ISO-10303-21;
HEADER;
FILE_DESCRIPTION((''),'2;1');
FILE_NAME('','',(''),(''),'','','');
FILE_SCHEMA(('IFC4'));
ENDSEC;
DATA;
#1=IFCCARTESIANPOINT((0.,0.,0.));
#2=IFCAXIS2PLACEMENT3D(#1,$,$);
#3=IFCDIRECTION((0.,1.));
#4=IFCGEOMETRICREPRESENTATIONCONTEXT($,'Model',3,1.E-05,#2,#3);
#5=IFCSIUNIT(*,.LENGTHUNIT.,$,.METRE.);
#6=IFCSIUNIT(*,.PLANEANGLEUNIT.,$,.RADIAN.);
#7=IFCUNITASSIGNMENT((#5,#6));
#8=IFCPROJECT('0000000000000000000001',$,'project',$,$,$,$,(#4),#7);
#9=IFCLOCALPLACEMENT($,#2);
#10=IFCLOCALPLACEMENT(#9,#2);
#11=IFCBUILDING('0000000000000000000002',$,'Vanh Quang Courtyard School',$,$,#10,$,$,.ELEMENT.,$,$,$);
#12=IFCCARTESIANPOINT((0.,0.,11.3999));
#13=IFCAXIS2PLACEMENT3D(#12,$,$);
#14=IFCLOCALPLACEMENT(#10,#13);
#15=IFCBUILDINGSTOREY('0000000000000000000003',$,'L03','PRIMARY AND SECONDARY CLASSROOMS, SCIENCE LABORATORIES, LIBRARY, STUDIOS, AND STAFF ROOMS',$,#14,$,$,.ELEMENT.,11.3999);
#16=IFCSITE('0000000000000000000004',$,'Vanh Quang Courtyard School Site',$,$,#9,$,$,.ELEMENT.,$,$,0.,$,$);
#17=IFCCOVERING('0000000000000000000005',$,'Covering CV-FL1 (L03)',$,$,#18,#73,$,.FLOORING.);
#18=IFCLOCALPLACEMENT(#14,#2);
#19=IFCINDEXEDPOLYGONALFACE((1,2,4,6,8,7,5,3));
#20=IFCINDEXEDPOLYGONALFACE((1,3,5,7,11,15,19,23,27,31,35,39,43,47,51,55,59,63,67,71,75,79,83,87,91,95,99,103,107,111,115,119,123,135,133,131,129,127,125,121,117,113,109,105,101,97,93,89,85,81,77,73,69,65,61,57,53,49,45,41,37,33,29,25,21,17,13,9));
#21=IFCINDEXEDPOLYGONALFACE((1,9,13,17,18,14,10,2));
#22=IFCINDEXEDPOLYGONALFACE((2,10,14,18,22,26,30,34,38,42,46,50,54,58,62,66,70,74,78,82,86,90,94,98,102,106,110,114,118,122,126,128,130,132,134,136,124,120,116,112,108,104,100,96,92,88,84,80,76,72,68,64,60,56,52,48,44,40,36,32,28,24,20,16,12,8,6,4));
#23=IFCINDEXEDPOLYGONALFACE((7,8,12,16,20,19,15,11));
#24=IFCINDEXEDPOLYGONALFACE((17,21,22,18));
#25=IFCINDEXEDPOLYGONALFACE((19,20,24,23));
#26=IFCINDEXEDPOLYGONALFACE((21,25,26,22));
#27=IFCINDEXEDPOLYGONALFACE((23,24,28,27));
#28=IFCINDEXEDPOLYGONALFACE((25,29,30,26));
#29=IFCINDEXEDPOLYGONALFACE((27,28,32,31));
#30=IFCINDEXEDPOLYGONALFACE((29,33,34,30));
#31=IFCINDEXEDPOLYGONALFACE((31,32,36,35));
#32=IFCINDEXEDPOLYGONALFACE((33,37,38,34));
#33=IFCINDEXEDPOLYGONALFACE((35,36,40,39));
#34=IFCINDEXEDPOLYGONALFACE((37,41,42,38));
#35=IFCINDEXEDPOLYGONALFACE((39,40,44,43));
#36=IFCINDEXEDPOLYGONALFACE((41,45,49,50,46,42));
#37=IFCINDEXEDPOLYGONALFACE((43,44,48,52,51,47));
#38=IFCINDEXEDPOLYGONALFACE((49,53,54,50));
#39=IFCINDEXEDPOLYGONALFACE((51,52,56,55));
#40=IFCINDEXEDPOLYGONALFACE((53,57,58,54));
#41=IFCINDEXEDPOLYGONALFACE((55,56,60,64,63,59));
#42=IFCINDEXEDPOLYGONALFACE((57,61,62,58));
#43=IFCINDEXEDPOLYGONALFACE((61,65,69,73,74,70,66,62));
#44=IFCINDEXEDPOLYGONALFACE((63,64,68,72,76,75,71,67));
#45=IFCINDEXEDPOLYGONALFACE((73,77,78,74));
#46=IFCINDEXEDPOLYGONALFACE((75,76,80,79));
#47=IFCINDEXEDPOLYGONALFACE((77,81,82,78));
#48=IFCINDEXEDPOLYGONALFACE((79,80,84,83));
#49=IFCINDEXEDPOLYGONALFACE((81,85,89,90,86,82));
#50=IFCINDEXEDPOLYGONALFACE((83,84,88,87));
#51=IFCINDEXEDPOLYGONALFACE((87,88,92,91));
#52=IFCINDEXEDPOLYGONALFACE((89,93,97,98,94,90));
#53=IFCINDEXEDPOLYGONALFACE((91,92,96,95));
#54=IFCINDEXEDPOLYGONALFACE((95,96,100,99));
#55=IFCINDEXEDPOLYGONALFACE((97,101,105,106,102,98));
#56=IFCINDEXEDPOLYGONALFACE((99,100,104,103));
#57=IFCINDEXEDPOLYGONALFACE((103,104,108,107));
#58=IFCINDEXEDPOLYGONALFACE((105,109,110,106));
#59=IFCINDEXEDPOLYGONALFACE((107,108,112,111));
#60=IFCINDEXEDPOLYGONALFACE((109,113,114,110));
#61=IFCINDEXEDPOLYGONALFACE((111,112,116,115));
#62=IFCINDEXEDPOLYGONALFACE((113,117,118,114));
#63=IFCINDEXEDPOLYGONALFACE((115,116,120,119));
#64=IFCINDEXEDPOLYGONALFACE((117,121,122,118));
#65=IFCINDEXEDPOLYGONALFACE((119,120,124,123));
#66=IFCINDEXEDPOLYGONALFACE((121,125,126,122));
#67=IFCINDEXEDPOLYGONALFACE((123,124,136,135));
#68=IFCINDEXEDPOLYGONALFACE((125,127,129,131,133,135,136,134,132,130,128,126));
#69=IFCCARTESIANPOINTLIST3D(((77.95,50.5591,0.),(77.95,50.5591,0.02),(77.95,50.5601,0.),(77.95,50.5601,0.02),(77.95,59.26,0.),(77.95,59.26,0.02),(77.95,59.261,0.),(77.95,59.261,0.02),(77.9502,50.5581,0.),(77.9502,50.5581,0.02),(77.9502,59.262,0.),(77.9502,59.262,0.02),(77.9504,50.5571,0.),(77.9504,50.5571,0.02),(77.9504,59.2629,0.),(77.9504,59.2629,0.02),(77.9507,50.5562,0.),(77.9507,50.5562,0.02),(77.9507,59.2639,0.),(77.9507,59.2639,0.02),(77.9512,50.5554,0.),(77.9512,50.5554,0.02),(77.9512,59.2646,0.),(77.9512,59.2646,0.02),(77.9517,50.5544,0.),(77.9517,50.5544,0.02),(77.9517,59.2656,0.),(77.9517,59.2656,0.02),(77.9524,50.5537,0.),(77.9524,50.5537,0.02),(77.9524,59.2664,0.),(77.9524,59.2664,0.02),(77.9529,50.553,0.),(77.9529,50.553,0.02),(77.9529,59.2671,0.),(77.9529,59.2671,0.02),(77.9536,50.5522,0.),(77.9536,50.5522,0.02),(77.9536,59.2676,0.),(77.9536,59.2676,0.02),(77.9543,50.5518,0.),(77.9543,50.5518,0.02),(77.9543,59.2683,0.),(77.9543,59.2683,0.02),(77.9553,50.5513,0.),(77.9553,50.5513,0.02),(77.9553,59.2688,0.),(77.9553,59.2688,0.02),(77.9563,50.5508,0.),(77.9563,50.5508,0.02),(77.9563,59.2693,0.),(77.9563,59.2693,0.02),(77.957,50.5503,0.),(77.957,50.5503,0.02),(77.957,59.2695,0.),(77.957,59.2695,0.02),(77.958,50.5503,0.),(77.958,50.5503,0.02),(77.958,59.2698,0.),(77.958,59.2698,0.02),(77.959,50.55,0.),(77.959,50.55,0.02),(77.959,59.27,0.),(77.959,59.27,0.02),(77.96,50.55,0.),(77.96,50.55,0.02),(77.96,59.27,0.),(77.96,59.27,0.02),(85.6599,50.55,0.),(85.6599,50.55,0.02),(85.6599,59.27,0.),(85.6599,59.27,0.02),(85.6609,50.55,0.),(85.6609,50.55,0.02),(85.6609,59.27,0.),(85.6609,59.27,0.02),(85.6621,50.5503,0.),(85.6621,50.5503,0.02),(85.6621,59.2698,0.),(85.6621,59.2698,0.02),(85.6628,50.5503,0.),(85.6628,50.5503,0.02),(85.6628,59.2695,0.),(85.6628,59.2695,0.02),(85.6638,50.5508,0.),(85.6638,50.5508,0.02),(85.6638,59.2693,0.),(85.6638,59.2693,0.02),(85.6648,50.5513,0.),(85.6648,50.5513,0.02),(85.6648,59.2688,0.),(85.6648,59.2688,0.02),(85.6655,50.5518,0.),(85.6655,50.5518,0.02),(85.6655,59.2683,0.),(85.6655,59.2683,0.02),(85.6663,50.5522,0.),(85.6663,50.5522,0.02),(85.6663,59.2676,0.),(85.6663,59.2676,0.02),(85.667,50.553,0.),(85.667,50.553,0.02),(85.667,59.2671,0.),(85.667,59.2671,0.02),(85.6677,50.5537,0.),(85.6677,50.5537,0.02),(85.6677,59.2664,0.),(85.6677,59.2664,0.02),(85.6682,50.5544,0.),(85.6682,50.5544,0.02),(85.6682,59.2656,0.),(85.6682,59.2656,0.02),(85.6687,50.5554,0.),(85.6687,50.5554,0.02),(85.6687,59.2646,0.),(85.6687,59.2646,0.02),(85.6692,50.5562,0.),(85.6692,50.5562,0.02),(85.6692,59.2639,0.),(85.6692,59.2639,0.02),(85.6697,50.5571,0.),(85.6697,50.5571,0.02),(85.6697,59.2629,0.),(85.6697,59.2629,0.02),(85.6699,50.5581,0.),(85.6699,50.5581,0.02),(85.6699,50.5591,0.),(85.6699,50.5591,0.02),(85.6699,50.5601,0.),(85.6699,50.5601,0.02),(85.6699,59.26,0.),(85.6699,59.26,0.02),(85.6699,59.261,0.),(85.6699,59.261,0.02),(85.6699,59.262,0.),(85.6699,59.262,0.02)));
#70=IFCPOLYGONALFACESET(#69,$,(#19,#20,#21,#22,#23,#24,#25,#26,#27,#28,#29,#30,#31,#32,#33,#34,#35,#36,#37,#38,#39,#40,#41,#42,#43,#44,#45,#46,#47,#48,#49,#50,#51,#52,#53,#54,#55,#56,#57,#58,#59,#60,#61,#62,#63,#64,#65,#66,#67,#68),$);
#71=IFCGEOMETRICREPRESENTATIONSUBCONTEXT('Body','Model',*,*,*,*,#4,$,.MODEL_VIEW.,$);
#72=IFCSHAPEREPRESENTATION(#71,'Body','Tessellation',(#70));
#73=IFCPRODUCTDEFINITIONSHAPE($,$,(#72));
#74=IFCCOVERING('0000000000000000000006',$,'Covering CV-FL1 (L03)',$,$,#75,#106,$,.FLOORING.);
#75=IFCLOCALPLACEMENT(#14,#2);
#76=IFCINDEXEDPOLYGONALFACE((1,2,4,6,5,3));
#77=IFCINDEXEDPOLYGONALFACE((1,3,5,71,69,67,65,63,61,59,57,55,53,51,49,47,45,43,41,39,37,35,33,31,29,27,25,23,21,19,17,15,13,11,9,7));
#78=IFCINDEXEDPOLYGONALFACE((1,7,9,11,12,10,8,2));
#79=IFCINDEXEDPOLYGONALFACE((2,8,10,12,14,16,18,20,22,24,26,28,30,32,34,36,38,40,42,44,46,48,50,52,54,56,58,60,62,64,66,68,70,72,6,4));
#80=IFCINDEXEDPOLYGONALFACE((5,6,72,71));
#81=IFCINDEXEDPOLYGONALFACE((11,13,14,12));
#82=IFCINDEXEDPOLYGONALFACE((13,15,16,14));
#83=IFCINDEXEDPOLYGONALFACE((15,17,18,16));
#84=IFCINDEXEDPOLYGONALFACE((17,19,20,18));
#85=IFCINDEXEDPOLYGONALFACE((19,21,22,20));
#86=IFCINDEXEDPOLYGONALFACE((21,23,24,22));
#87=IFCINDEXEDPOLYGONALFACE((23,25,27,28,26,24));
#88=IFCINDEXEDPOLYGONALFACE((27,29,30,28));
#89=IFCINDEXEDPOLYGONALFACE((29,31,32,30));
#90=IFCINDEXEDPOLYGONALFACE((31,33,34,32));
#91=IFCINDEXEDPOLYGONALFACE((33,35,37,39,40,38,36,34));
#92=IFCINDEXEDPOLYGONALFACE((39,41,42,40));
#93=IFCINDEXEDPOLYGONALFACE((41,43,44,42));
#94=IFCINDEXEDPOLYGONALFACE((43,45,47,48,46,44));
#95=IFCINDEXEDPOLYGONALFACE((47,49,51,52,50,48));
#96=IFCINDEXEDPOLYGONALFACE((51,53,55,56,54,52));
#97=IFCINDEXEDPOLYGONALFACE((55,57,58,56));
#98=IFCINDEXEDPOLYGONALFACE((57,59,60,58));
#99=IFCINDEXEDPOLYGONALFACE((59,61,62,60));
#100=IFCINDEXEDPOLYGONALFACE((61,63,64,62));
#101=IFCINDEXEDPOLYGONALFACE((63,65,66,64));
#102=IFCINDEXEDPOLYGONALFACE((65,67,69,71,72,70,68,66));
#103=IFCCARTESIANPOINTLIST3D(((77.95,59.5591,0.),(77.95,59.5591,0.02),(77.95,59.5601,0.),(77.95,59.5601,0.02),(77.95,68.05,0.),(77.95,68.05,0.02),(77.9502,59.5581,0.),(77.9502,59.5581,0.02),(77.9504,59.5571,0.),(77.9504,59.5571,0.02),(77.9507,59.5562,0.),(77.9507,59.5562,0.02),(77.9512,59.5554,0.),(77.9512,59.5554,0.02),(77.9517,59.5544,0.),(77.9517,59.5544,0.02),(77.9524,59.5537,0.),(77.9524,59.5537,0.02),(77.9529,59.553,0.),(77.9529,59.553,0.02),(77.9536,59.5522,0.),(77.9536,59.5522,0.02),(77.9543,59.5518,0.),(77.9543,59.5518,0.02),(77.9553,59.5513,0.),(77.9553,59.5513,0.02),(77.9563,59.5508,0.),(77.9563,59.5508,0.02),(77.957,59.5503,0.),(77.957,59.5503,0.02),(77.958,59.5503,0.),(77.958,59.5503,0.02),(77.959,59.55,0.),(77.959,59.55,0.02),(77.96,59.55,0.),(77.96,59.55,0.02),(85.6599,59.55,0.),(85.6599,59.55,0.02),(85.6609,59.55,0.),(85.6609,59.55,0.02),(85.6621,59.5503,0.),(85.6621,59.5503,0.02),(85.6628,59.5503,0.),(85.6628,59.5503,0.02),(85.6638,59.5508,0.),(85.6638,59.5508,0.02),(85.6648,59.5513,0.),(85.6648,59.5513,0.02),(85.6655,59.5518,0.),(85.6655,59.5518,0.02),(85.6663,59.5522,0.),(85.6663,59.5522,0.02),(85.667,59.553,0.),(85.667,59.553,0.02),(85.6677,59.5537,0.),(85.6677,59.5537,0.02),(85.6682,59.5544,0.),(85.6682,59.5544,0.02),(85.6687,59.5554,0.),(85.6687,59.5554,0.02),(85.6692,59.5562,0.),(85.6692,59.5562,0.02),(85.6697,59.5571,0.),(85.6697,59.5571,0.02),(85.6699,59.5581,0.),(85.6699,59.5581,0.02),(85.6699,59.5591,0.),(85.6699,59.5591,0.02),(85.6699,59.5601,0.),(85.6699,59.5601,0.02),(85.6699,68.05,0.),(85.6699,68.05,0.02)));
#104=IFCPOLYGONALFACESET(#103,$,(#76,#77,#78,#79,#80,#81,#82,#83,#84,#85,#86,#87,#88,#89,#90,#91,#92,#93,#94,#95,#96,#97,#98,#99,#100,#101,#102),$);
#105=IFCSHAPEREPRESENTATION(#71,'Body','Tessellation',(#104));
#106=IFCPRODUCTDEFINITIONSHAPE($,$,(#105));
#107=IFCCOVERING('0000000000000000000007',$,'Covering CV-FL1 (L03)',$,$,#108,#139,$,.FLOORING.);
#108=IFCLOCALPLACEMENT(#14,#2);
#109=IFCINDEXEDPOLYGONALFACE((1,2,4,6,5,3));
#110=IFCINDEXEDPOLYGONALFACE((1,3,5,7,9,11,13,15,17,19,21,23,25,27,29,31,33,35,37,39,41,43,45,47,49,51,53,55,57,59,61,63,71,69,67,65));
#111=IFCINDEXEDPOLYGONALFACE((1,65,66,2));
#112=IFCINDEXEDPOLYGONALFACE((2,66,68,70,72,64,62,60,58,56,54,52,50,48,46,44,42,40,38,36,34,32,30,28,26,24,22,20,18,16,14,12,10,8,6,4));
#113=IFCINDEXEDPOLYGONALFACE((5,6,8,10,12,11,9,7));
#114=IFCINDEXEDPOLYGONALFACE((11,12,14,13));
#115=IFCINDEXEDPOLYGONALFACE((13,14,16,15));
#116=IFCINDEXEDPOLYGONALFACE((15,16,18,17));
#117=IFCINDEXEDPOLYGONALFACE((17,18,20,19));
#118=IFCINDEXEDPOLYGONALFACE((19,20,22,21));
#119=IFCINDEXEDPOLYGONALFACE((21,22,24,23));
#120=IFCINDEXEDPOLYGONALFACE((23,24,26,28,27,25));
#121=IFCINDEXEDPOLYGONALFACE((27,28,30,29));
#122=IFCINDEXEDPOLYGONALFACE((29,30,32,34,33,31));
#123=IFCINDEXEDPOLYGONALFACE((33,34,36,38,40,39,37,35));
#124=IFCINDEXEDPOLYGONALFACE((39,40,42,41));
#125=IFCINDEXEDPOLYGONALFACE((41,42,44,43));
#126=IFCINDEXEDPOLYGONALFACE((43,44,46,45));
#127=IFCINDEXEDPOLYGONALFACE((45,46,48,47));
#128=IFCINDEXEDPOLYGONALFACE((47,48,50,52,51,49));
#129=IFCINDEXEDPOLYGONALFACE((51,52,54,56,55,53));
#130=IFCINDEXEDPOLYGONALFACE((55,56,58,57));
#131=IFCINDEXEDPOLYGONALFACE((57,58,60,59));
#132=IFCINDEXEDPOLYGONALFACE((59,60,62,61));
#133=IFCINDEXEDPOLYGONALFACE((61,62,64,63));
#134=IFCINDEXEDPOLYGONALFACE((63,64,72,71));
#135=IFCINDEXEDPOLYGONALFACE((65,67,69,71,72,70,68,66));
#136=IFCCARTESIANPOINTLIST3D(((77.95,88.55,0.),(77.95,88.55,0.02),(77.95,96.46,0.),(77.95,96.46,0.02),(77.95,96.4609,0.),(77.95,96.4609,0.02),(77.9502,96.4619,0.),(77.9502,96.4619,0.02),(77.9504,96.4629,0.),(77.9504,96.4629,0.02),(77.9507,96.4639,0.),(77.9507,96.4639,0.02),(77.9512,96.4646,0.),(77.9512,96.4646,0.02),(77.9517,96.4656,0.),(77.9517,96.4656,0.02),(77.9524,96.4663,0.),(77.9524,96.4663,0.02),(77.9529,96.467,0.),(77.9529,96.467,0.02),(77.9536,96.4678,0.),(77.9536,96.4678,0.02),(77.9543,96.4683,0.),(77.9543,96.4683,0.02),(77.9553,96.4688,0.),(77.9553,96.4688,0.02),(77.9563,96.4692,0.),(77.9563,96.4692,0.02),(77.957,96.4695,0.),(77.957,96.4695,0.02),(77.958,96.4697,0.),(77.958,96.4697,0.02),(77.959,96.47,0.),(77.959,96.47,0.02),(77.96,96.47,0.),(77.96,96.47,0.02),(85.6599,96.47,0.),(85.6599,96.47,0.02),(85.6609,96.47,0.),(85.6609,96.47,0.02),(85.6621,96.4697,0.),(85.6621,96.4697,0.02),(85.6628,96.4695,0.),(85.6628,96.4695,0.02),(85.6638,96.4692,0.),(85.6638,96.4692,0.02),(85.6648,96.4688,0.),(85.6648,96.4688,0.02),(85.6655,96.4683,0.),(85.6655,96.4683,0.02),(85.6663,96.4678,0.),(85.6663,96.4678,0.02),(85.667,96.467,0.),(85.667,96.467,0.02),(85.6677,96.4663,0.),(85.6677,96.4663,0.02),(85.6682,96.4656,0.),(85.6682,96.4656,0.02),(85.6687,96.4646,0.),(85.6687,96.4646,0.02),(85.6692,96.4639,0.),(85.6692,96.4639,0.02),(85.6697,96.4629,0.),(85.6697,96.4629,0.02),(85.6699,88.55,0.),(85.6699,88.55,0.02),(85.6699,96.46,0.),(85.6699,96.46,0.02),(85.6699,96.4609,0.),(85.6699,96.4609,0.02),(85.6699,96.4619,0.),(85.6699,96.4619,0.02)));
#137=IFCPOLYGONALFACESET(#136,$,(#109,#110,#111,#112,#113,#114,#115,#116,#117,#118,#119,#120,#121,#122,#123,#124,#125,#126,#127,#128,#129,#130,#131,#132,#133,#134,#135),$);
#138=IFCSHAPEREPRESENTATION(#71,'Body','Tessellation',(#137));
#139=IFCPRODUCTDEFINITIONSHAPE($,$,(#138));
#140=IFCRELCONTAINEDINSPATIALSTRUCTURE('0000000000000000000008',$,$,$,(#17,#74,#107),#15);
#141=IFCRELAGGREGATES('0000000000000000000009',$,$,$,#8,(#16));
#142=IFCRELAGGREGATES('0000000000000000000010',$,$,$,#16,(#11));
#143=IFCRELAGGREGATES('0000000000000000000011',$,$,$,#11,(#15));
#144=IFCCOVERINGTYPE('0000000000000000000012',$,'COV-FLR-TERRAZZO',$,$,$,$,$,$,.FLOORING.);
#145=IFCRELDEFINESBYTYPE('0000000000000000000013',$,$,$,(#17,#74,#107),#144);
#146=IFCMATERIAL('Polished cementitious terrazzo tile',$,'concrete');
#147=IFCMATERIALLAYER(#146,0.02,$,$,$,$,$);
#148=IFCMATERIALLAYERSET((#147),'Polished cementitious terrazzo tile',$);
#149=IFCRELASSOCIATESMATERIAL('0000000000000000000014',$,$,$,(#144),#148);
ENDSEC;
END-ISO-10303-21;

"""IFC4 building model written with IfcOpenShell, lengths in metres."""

from ifc_helpers import new_model, si_unit, direction, frame, origin, place, context, subcontext, project, spatial, polyline, outline, extrude, material, layer, layer_set, type_object, element, save


model = new_model("IFC4")

# Units and contexts
model_context = context("Model", 3, precision=1e-05, world=origin(), true_north=direction((0.0, 1.0)))
body_context = subcontext(model_context, "Body", "Model", "MODEL_VIEW")
ifc_project = project(units=[si_unit("LENGTHUNIT", "METRE"), si_unit("PLANEANGLEUNIT", "RADIAN")], contexts=[model_context])

# Site, building, storey
site_placement = place(None, origin())
site = spatial("IfcSite", under=ifc_project, at=site_placement, Name="Vanh Quang Courtyard School Site", CompositionType="ELEMENT", RefElevation=0.0)
building_placement = place(site_placement, origin())
building = spatial("IfcBuilding", under=site, at=building_placement, Name="Vanh Quang Courtyard School", CompositionType="ELEMENT")
storey_placement = place(building_placement, frame((0.0, 0.0, 11.3999)))
storey = spatial("IfcBuildingStorey", under=building, at=storey_placement, Name="L03", Description="PRIMARY AND SECONDARY CLASSROOMS, SCIENCE LABORATORIES, LIBRARY, STUDIOS, AND STAFF ROOMS", CompositionType="ELEMENT", Elevation=11.3999)

# Coverings
ifc_material_1 = material(Name="Polished cementitious terrazzo tile", Category="concrete")
ifc_layer_1 = layer(ifc_material_1, 0.02)
ifc_layer_set_1 = layer_set([ifc_layer_1], Name="Polished cementitious terrazzo tile")
covering_type = type_object("IfcCoveringType", Name="COV-FLR-TERRAZZO", PredefinedType="FLOORING", material=ifc_layer_set_1)
covering_1_placement = place(storey_placement, origin())
element("IfcCovering", 1, at=covering_1_placement, inside=storey, type_object=covering_type, Name="Covering CV-FL1 (L03)", PredefinedType="FLOORING", context=body_context, shape_type="SweptSolid", body=[
    extrude(outline(polyline([(77.96, 50.55), (77.959, 50.55), (77.958, 50.5503), (77.957, 50.5503), (77.9563, 50.5508), (77.9553, 50.5513), (77.9543, 50.5518), (77.9536, 50.5522), (77.9529, 50.553), (77.9524, 50.5537), (77.9517, 50.5544), (77.9512, 50.5554), (77.9507, 50.5562), (77.9504, 50.5571), (77.9502, 50.5581), (77.95, 50.5591), (77.95, 50.5601), (77.95, 59.26), (77.95, 59.261), (77.9502, 59.262), (77.9504, 59.2629), (77.9507, 59.2639), (77.9512, 59.2646), (77.9517, 59.2656), (77.9524, 59.2664), (77.9529, 59.2671), (77.9536, 59.2676), (77.9543, 59.2683), (77.9553, 59.2688), (77.9563, 59.2693), (77.957, 59.2695), (77.958, 59.2698), (77.959, 59.27), (77.96, 59.27), (85.6599, 59.27), (85.6609, 59.27), (85.6621, 59.2698), (85.6628, 59.2695), (85.6638, 59.2693), (85.6648, 59.2688), (85.6655, 59.2683), (85.6663, 59.2676), (85.667, 59.2671), (85.6677, 59.2664), (85.6682, 59.2656), (85.6687, 59.2646), (85.6692, 59.2639), (85.6697, 59.2629), (85.6699, 59.262), (85.6699, 59.261), (85.6699, 59.26), (85.6699, 50.5601), (85.6699, 50.5591), (85.6699, 50.5581), (85.6697, 50.5571), (85.6692, 50.5562), (85.6687, 50.5554), (85.6682, 50.5544), (85.6677, 50.5537), (85.667, 50.553), (85.6663, 50.5522), (85.6655, 50.5518), (85.6648, 50.5513), (85.6638, 50.5508), (85.6628, 50.5503), (85.6621, 50.5503), (85.6609, 50.55), (85.6599, 50.55), (77.96, 50.55)])), origin(), (0.0, 0.0, 1.0), 0.02),
])
covering_2_placement = place(storey_placement, origin())
element("IfcCovering", 2, at=covering_2_placement, inside=storey, type_object=covering_type, Name="Covering CV-FL1 (L03)", PredefinedType="FLOORING", context=body_context, shape_type="SweptSolid", body=[
    extrude(outline(polyline([(77.96, 59.55), (77.959, 59.55), (77.958, 59.5503), (77.957, 59.5503), (77.9563, 59.5508), (77.9553, 59.5513), (77.9543, 59.5518), (77.9536, 59.5522), (77.9529, 59.553), (77.9524, 59.5537), (77.9517, 59.5544), (77.9512, 59.5554), (77.9507, 59.5562), (77.9504, 59.5571), (77.9502, 59.5581), (77.95, 59.5591), (77.95, 59.5601), (77.95, 68.05), (85.6699, 68.05), (85.6699, 59.5601), (85.6699, 59.5591), (85.6699, 59.5581), (85.6697, 59.5571), (85.6692, 59.5562), (85.6687, 59.5554), (85.6682, 59.5544), (85.6677, 59.5537), (85.667, 59.553), (85.6663, 59.5522), (85.6655, 59.5518), (85.6648, 59.5513), (85.6638, 59.5508), (85.6628, 59.5503), (85.6621, 59.5503), (85.6609, 59.55), (85.6599, 59.55), (77.96, 59.55)])), origin(), (0.0, 0.0, 1.0), 0.02),
])
covering_3_placement = place(storey_placement, origin())
element("IfcCovering", 3, at=covering_3_placement, inside=storey, type_object=covering_type, Name="Covering CV-FL1 (L03)", PredefinedType="FLOORING", context=body_context, shape_type="SweptSolid", body=[
    extrude(outline(polyline([(77.95, 96.46), (77.95, 96.4609), (77.9502, 96.4619), (77.9504, 96.4629), (77.9507, 96.4639), (77.9512, 96.4646), (77.9517, 96.4656), (77.9524, 96.4663), (77.9529, 96.467), (77.9536, 96.4678), (77.9543, 96.4683), (77.9553, 96.4688), (77.9563, 96.4692), (77.957, 96.4695), (77.958, 96.4697), (77.959, 96.47), (77.96, 96.47), (85.6599, 96.47), (85.6609, 96.47), (85.6621, 96.4697), (85.6628, 96.4695), (85.6638, 96.4692), (85.6648, 96.4688), (85.6655, 96.4683), (85.6663, 96.4678), (85.667, 96.467), (85.6677, 96.4663), (85.6682, 96.4656), (85.6687, 96.4646), (85.6692, 96.4639), (85.6697, 96.4629), (85.6699, 96.4619), (85.6699, 96.4609), (85.6699, 96.46), (85.6699, 88.55), (77.95, 88.55), (77.95, 96.46)])), origin(), (0.0, 0.0, 1.0), 0.02),
])

save(model, "model.ifc")
